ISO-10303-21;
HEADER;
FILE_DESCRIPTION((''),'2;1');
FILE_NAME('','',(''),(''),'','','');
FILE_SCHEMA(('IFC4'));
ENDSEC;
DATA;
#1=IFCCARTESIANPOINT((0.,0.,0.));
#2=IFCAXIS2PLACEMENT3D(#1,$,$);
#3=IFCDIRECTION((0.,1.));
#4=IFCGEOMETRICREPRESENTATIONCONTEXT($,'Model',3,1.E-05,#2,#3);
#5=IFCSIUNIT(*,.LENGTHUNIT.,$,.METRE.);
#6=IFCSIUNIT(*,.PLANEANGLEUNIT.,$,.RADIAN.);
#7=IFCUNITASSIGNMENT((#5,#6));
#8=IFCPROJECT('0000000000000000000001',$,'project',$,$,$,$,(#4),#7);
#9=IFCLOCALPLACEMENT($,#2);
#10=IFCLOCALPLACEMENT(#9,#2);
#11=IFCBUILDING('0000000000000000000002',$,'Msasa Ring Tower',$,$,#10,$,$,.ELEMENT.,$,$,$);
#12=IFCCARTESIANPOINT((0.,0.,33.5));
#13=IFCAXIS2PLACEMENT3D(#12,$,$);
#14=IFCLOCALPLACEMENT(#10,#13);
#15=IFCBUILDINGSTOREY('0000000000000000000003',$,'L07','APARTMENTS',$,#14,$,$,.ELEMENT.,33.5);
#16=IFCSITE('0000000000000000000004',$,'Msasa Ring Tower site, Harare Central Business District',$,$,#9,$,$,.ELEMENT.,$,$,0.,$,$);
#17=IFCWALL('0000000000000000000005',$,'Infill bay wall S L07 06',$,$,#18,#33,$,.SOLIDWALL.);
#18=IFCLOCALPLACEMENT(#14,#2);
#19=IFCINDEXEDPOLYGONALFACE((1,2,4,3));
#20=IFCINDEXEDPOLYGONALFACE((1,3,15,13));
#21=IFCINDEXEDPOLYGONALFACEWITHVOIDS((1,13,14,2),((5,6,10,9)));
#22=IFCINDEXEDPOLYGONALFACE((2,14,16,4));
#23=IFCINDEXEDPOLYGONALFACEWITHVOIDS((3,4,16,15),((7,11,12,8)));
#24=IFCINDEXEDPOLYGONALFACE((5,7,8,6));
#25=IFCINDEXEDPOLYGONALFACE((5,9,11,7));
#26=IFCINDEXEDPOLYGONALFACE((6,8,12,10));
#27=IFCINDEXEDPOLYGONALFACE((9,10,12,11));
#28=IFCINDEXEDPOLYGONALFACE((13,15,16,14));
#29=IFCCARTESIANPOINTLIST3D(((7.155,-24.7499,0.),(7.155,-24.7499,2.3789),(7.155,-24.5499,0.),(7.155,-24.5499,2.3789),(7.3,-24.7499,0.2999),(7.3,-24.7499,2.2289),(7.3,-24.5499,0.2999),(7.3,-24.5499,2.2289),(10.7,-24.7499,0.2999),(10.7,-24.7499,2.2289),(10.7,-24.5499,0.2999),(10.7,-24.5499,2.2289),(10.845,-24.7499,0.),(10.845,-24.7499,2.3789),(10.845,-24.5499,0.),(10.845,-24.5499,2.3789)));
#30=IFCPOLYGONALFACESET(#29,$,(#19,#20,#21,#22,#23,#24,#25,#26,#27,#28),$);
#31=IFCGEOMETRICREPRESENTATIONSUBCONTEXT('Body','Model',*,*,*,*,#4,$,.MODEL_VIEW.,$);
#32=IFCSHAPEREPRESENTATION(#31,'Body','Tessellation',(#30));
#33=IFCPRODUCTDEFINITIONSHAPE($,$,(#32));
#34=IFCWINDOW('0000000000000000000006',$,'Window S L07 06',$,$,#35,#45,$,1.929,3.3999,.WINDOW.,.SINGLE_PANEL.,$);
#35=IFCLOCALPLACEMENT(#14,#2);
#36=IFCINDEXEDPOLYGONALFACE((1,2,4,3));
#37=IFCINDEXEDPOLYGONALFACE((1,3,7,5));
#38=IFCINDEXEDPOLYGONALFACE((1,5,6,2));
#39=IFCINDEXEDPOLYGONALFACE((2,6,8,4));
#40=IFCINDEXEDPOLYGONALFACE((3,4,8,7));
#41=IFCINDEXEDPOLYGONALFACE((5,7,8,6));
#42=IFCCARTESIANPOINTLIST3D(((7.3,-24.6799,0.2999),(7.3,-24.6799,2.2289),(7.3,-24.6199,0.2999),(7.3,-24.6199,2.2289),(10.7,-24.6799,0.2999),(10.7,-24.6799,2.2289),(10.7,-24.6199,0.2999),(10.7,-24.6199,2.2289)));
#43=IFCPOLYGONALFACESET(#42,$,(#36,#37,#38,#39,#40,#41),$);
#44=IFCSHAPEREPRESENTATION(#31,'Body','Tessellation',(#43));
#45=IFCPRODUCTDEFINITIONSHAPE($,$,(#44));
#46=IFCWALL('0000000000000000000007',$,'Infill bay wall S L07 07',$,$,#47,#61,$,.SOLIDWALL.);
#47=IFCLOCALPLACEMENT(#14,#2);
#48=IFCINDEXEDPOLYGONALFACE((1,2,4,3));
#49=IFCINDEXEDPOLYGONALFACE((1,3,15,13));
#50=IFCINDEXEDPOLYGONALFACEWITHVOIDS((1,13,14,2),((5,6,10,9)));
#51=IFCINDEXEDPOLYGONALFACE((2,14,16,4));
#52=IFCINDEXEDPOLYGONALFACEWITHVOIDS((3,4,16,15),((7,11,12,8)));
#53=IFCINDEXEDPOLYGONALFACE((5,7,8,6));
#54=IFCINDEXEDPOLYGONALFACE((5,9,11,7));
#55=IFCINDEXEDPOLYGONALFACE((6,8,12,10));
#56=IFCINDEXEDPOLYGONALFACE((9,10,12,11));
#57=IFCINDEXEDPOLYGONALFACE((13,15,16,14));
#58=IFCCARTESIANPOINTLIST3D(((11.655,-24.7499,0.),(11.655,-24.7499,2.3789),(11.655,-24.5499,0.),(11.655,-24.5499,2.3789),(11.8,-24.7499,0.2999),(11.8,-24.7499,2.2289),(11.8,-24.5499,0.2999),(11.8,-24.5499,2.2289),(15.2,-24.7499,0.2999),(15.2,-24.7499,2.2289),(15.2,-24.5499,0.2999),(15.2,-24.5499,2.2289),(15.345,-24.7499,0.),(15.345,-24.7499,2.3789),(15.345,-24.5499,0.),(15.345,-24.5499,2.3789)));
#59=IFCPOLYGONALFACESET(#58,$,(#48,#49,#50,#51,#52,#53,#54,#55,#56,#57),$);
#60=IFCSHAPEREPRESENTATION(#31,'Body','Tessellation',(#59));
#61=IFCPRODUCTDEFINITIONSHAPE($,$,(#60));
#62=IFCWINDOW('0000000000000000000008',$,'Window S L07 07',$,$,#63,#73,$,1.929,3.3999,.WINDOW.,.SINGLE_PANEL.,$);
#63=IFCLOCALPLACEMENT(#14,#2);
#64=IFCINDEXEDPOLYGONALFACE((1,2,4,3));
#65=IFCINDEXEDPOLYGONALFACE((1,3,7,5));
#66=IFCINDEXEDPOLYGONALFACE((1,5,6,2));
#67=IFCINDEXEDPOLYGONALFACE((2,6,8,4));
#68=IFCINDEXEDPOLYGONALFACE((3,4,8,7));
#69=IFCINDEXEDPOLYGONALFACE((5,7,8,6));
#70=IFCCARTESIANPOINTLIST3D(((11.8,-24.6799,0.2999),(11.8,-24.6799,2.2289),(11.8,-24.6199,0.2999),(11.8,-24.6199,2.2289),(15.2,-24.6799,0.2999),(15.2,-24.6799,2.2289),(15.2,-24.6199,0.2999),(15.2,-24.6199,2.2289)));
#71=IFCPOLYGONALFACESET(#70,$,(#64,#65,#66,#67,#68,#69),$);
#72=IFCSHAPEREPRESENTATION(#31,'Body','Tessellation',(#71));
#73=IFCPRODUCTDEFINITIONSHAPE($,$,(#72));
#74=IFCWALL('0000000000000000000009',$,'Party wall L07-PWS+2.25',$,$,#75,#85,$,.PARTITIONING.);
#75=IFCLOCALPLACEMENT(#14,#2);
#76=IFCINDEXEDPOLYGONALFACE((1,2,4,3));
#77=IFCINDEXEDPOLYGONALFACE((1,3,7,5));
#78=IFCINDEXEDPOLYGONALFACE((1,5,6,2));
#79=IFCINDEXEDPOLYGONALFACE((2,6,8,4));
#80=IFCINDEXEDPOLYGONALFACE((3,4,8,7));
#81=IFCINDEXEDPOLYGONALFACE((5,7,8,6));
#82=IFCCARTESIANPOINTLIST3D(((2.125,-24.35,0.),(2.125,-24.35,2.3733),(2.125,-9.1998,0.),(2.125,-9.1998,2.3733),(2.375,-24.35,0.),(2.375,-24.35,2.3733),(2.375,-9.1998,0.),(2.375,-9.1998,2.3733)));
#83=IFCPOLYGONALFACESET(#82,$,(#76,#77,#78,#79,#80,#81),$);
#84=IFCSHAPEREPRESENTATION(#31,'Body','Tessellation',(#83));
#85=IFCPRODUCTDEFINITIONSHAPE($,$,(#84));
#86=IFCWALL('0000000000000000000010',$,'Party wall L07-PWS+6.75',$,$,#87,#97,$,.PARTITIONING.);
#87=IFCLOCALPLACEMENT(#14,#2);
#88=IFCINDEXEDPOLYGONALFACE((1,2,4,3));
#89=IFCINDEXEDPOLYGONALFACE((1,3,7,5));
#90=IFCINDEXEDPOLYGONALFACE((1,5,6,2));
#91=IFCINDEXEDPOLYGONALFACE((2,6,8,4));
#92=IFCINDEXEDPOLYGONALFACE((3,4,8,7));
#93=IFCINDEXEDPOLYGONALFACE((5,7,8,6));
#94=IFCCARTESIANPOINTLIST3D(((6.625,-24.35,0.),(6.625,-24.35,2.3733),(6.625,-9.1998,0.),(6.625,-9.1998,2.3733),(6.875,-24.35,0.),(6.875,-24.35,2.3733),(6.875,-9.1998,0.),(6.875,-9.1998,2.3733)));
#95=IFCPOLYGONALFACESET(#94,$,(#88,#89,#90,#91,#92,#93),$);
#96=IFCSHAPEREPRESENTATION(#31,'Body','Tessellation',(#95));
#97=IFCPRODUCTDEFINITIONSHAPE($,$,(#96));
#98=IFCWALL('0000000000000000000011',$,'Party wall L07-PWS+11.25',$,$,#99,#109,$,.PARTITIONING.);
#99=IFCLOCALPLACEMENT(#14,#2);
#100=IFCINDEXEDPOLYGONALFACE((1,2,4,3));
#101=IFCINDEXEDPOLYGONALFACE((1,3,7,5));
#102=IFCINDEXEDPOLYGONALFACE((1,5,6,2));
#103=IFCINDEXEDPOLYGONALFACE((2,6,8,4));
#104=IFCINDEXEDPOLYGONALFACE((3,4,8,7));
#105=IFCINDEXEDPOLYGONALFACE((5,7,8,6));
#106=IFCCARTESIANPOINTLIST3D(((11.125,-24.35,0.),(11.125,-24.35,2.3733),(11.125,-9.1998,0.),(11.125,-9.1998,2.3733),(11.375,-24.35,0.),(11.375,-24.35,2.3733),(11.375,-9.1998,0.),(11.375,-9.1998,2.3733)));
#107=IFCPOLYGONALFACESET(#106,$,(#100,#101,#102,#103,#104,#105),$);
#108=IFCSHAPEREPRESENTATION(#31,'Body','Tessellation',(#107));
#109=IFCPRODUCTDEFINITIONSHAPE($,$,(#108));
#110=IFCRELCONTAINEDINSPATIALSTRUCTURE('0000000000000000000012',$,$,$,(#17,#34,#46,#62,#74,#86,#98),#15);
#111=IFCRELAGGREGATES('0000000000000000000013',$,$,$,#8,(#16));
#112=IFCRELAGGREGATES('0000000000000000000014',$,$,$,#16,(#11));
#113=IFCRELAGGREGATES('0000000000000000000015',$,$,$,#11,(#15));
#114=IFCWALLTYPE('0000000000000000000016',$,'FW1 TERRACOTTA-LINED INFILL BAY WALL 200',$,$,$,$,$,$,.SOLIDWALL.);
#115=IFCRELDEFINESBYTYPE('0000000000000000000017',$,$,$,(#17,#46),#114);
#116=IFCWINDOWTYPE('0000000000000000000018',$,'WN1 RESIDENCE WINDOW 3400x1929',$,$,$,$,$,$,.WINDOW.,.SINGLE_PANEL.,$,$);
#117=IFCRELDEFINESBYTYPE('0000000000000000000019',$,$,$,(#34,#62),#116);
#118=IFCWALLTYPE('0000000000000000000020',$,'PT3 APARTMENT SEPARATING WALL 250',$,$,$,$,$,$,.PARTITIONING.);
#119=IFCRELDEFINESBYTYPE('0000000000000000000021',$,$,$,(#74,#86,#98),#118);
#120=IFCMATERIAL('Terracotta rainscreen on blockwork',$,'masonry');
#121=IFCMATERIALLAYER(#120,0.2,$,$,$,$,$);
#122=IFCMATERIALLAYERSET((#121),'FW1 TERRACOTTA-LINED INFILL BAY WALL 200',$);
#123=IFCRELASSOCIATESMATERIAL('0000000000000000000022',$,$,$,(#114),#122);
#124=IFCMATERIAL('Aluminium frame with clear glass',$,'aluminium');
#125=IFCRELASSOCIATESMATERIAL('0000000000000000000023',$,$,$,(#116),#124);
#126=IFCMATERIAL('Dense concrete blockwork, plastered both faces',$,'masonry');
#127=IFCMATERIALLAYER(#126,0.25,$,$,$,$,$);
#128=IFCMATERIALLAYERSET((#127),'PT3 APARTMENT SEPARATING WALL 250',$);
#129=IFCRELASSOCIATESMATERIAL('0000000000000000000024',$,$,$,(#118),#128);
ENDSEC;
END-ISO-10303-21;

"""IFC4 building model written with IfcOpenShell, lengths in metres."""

from ifc_helpers import new_model, si_unit, direction, frame, frame_2d, origin, place, context, subcontext, project, spatial, rectangle, extrude, material, layer, layer_set, type_object, element, fill, save


model = new_model("IFC4")

# Units and contexts
model_context = context("Model", 3, precision=1e-05, world=origin(), true_north=direction((0.0, 1.0)))
body_context = subcontext(model_context, "Body", "Model", "MODEL_VIEW")
ifc_project = project(units=[si_unit("LENGTHUNIT", "METRE"), si_unit("PLANEANGLEUNIT", "RADIAN")], contexts=[model_context])

# Site, building, storey
site_placement = place(None, origin())
site = spatial("IfcSite", under=ifc_project, at=site_placement, Name="Msasa Ring Tower site, Harare Central Business District", CompositionType="ELEMENT", RefElevation=0.0)
building_placement = place(site_placement, origin())
building = spatial("IfcBuilding", under=site, at=building_placement, Name="Msasa Ring Tower", CompositionType="ELEMENT")
storey_placement = place(building_placement, frame((0.0, 0.0, 33.5)))
storey = spatial("IfcBuildingStorey", under=building, at=storey_placement, Name="L07", Description="APARTMENTS", CompositionType="ELEMENT", Elevation=33.5)

# Walls, openings, windows
ifc_material_1 = material(Name="Terracotta rainscreen on blockwork", Category="masonry")
ifc_layer_1 = layer(ifc_material_1, 0.2)
ifc_layer_set_1 = layer_set([ifc_layer_1], Name="FW1 TERRACOTTA-LINED INFILL BAY WALL 200")
wall_type_1 = type_object("IfcWallType", Name="FW1 TERRACOTTA-LINED INFILL BAY WALL 200", PredefinedType="SOLIDWALL", material=ifc_layer_set_1)
ifc_material_2 = material(Name="Aluminium frame with clear glass", Category="aluminium")
window_type = type_object("IfcWindowType", Name="WN1 RESIDENCE WINDOW 3400x1929", PartitioningType="SINGLE_PANEL", PredefinedType="WINDOW", material=ifc_material_2)
wall_1_placement = place(storey_placement, frame((7.155, -24.6499, 0.0), z_axis=(0.0, 0.0, 1.0), x_axis=(1.0, 0.0, 0.0)))
wall_1 = element("IfcWall", 1, at=wall_1_placement, inside=storey, type_object=wall_type_1, Name="Infill bay wall S L07 06", PredefinedType="SOLIDWALL", context=body_context, shape_type="SweptSolid", body=[
    extrude(rectangle(XDim=3.6899, YDim=0.2, at=frame_2d((1.845, 0.0))), origin(), (0.0, 0.0, 1.0), 2.3789),
])
opening_1_placement = place(wall_1_placement, frame((0.145, 0.0, 0.3)))
opening_1 = element("IfcOpeningElement", 2, at=opening_1_placement, cuts=wall_1, PredefinedType="OPENING", context=body_context, shape_type="SweptSolid", body=[
    extrude(rectangle(XDim=3.3999, YDim=1.929, at=frame_2d((1.7, 0.9644))), frame((0.0, 0.1099, 0.0), z_axis=(0.0, -1.0, 0.0), x_axis=(1.0, 0.0, 0.0)), (0.0, 0.0, 1.0), 0.22),
])
window_1_placement = place(opening_1_placement, origin())
window_1 = element("IfcWindow", 3, at=window_1_placement, inside=storey, type_object=window_type, Name="Window S L07 06", OverallHeight=1.929, OverallWidth=3.3999, PartitioningType="SINGLE_PANEL", PredefinedType="WINDOW", context=body_context, shape_type="SweptSolid", body=[
    extrude(rectangle(XDim=3.3999, YDim=1.929, at=frame_2d((1.7, 0.9644))), frame((0.0, 0.03, 0.0), z_axis=(0.0, -1.0, 0.0), x_axis=(1.0, 0.0, 0.0)), (0.0, 0.0, 1.0), 0.0601),
])
fill(opening_1, window_1)
wall_2_placement = place(storey_placement, frame((11.655, -24.6499, 0.0), z_axis=(0.0, 0.0, 1.0), x_axis=(1.0, 0.0, 0.0)))
wall_2 = element("IfcWall", 4, at=wall_2_placement, inside=storey, type_object=wall_type_1, Name="Infill bay wall S L07 07", PredefinedType="SOLIDWALL", context=body_context, shape_type="SweptSolid", body=[
    extrude(rectangle(XDim=3.6899, YDim=0.2, at=frame_2d((1.845, 0.0))), origin(), (0.0, 0.0, 1.0), 2.3789),
])
opening_2_placement = place(wall_2_placement, frame((0.145, 0.0, 0.3)))
opening_2 = element("IfcOpeningElement", 5, at=opening_2_placement, cuts=wall_2, PredefinedType="OPENING", context=body_context, shape_type="SweptSolid", body=[
    extrude(rectangle(XDim=3.3999, YDim=1.929, at=frame_2d((1.7, 0.9644))), frame((0.0, 0.1099, 0.0), z_axis=(0.0, -1.0, 0.0), x_axis=(1.0, 0.0, 0.0)), (0.0, 0.0, 1.0), 0.22),
])
window_2_placement = place(opening_2_placement, origin())
window_2 = element("IfcWindow", 6, at=window_2_placement, inside=storey, type_object=window_type, Name="Window S L07 07", OverallHeight=1.929, OverallWidth=3.3999, PartitioningType="SINGLE_PANEL", PredefinedType="WINDOW", context=body_context, shape_type="SweptSolid", body=[
    extrude(rectangle(XDim=3.3999, YDim=1.929, at=frame_2d((1.7, 0.9644))), frame((0.0, 0.03, 0.0), z_axis=(0.0, -1.0, 0.0), x_axis=(1.0, 0.0, 0.0)), (0.0, 0.0, 1.0), 0.0601),
])
fill(opening_2, window_2)

# Walls
ifc_material_3 = material(Name="Dense concrete blockwork, plastered both faces", Category="masonry")
ifc_layer_2 = layer(ifc_material_3, 0.25)
ifc_layer_set_2 = layer_set([ifc_layer_2], Name="PT3 APARTMENT SEPARATING WALL 250")
wall_type_2 = type_object("IfcWallType", Name="PT3 APARTMENT SEPARATING WALL 250", PredefinedType="PARTITIONING", material=ifc_layer_set_2)
for number, where, z_axis, x_axis, name in (
    (7, (2.25, -24.3501, 0.0), (0.0, 0.0, 1.0), (0.0, 1.0, 0.0), "Party wall L07-PWS+2.25"),
    (8, (6.75, -24.3501, 0.0), (0.0, 0.0, 1.0), (0.0, 1.0, 0.0), "Party wall L07-PWS+6.75"),
    (9, (11.25, -24.3501, 0.0), (0.0, 0.0, 1.0), (0.0, 1.0, 0.0), "Party wall L07-PWS+11.25"),
):
    element("IfcWall", number, at=place(storey_placement, frame(where, z_axis=z_axis, x_axis=x_axis)), inside=storey, type_object=wall_type_2, Name=name, PredefinedType="PARTITIONING", context=body_context, shape_type="SweptSolid", body=[
        extrude(rectangle(XDim=15.1501, YDim=0.25, at=frame_2d((7.5752, 0.0))), origin(), (0.0, 0.0, 1.0), 2.3733),
    ])

save(model, "model.ifc")
